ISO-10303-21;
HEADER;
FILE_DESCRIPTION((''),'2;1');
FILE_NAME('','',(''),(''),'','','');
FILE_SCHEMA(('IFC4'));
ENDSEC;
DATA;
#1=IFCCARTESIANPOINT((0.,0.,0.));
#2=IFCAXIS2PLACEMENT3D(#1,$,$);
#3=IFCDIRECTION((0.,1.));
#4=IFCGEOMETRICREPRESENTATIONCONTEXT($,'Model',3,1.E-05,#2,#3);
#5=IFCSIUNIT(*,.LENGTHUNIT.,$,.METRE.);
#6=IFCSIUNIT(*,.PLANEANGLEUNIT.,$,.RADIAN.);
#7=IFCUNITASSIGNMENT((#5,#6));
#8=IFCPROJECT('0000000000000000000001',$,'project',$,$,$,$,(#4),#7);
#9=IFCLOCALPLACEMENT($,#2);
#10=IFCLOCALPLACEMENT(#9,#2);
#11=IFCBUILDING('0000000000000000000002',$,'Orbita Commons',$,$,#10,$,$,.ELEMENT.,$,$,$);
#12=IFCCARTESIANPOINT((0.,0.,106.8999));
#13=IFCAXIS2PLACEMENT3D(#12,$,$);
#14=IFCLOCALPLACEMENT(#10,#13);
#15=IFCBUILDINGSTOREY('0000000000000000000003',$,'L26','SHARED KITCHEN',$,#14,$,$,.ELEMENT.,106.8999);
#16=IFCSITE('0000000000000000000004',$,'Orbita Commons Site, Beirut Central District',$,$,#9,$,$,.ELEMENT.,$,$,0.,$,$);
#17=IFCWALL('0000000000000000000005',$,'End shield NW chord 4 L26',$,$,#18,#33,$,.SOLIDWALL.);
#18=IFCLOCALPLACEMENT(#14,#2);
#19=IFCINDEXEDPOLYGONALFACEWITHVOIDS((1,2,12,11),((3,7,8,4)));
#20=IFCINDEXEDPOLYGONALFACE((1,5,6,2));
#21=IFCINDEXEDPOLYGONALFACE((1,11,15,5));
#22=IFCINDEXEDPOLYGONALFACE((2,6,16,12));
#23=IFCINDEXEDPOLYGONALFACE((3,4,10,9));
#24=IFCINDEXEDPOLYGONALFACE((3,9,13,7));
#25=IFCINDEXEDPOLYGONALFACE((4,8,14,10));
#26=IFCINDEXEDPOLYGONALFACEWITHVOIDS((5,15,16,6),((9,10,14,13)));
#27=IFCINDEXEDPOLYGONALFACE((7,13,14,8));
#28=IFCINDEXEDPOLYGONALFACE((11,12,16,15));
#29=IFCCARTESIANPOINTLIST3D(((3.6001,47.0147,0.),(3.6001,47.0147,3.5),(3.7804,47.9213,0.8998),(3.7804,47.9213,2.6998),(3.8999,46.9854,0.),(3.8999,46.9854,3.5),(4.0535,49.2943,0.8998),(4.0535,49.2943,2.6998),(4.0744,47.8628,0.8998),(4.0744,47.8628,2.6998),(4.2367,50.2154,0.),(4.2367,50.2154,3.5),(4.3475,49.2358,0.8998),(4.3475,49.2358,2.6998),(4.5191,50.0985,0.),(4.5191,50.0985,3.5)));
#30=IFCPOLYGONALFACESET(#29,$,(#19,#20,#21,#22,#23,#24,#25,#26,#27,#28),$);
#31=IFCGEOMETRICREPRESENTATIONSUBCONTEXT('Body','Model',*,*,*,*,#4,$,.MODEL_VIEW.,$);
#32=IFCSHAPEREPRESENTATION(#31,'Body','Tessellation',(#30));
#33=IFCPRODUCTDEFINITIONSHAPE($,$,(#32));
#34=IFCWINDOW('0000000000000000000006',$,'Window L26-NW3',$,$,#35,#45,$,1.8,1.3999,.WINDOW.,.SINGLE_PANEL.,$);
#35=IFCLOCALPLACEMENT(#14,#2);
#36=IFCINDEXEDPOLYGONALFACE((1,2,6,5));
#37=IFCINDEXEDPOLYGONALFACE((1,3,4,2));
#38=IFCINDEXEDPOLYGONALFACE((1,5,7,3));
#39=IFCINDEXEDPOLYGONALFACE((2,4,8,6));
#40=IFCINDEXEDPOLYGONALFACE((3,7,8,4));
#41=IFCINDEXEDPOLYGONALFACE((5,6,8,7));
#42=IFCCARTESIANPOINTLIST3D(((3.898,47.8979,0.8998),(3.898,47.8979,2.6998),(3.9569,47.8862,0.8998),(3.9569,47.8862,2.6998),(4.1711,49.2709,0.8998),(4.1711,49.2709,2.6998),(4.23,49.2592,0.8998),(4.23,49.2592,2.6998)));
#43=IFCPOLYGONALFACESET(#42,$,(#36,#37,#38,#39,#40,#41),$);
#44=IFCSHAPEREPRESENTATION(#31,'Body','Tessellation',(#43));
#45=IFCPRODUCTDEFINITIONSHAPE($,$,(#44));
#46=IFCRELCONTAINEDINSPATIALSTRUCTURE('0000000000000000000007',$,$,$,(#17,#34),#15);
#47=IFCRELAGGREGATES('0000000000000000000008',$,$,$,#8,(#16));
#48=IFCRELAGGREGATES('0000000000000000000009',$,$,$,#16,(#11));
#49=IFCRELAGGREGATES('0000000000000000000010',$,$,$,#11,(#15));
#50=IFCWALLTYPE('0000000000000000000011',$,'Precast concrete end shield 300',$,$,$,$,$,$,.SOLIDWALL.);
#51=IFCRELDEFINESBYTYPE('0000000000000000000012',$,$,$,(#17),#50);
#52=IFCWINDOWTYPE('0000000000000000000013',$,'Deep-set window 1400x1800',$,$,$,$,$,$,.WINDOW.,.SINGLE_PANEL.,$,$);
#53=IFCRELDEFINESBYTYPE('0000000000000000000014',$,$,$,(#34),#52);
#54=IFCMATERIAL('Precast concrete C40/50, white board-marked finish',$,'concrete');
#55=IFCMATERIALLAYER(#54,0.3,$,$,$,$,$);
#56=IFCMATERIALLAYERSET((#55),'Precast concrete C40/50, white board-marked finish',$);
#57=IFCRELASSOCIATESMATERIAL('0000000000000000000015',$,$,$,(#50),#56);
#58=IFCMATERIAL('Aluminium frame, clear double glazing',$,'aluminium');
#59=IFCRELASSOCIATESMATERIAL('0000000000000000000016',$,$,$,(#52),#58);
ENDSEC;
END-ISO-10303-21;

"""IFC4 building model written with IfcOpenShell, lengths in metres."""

from ifc_helpers import new_model, si_unit, direction, frame, frame_2d, origin, place, context, subcontext, project, spatial, polyline, rectangle, outline, extrude, material, layer, layer_set, type_object, element, fill, save


model = new_model("IFC4")

# Units and contexts
model_context = context("Model", 3, precision=1e-05, world=origin(), true_north=direction((0.0, 1.0)))
body_context = subcontext(model_context, "Body", "Model", "MODEL_VIEW")
ifc_project = project(units=[si_unit("LENGTHUNIT", "METRE"), si_unit("PLANEANGLEUNIT", "RADIAN")], contexts=[model_context])

# Site, building, storey
site_placement = place(None, origin())
site = spatial("IfcSite", under=ifc_project, at=site_placement, Name="Orbita Commons Site, Beirut Central District", CompositionType="ELEMENT", RefElevation=0.0)
building_placement = place(site_placement, origin())
building = spatial("IfcBuilding", under=site, at=building_placement, Name="Orbita Commons", CompositionType="ELEMENT")
storey_placement = place(building_placement, frame((0.0, 0.0, 106.8999)))
storey = spatial("IfcBuildingStorey", under=building, at=storey_placement, Name="L26", Description="SHARED KITCHEN", CompositionType="ELEMENT", Elevation=106.8999)

# Wall, opening, window
ifc_material_1 = material(Name="Precast concrete C40/50, white board-marked finish", Category="concrete")
ifc_layer_1 = layer(ifc_material_1, 0.3)
ifc_layer_set_1 = layer_set([ifc_layer_1], Name="Precast concrete C40/50, white board-marked finish")
wall_type_1 = type_object("IfcWallType", Name="Precast concrete end shield 300", PredefinedType="SOLIDWALL", material=ifc_layer_set_1)
wall_1_placement = place(storey_placement, frame((4.3779, 50.157, 0.0), z_axis=(0.0, 0.0, 1.0), x_axis=(-0.19508, -0.980787, 0.0)))
wall_1 = element("IfcWall", 1, at=wall_1_placement, inside=storey, type_object=wall_type_1, Name="End shield NW chord 4 L26", PredefinedType="SOLIDWALL", context=body_context, shape_type="SweptSolid", body=[
    extrude(outline(polyline([(-0.0298, -0.1499), (3.2336, -0.1499), (3.2039, 0.1499), (0.0298, 0.1499), (-0.0298, -0.1499)])), origin(), (0.0, 0.0, 1.0), 3.5),
])
opening_1_placement = place(wall_1_placement, frame((0.9094, 0.0, 0.8999)))
opening_1 = element("IfcOpeningElement", 2, at=opening_1_placement, cuts=wall_1, PredefinedType="OPENING", context=body_context, shape_type="SweptSolid", body=[
    extrude(rectangle(XDim=1.3999, YDim=1.8, at=frame_2d((0.7, 0.8999))), frame((0.0, 0.1599, 0.0), z_axis=(0.0, -1.0, 0.0), x_axis=(1.0, 0.0, 0.0)), (0.0, 0.0, 1.0), 0.3201),
])
ifc_material_2 = material(Name="Aluminium frame, clear double glazing", Category="aluminium")
window_type = type_object("IfcWindowType", Name="Deep-set window 1400x1800", PartitioningType="SINGLE_PANEL", PredefinedType="WINDOW", material=ifc_material_2)
window_placement = place(opening_1_placement, origin())
window = element("IfcWindow", 3, at=window_placement, inside=storey, type_object=window_type, Name="Window L26-NW3", OverallHeight=1.8, OverallWidth=1.3999, PartitioningType="SINGLE_PANEL", PredefinedType="WINDOW", context=body_context, shape_type="SweptSolid", body=[
    extrude(rectangle(XDim=1.3999, YDim=1.8, at=frame_2d((0.7, 0.8999))), frame((0.0, 0.03, 0.0), z_axis=(0.0, -1.0, 0.0), x_axis=(1.0, 0.0, 0.0)), (0.0, 0.0, 1.0), 0.0601),
])
fill(opening_1, window)

save(model, "model.ifc")
